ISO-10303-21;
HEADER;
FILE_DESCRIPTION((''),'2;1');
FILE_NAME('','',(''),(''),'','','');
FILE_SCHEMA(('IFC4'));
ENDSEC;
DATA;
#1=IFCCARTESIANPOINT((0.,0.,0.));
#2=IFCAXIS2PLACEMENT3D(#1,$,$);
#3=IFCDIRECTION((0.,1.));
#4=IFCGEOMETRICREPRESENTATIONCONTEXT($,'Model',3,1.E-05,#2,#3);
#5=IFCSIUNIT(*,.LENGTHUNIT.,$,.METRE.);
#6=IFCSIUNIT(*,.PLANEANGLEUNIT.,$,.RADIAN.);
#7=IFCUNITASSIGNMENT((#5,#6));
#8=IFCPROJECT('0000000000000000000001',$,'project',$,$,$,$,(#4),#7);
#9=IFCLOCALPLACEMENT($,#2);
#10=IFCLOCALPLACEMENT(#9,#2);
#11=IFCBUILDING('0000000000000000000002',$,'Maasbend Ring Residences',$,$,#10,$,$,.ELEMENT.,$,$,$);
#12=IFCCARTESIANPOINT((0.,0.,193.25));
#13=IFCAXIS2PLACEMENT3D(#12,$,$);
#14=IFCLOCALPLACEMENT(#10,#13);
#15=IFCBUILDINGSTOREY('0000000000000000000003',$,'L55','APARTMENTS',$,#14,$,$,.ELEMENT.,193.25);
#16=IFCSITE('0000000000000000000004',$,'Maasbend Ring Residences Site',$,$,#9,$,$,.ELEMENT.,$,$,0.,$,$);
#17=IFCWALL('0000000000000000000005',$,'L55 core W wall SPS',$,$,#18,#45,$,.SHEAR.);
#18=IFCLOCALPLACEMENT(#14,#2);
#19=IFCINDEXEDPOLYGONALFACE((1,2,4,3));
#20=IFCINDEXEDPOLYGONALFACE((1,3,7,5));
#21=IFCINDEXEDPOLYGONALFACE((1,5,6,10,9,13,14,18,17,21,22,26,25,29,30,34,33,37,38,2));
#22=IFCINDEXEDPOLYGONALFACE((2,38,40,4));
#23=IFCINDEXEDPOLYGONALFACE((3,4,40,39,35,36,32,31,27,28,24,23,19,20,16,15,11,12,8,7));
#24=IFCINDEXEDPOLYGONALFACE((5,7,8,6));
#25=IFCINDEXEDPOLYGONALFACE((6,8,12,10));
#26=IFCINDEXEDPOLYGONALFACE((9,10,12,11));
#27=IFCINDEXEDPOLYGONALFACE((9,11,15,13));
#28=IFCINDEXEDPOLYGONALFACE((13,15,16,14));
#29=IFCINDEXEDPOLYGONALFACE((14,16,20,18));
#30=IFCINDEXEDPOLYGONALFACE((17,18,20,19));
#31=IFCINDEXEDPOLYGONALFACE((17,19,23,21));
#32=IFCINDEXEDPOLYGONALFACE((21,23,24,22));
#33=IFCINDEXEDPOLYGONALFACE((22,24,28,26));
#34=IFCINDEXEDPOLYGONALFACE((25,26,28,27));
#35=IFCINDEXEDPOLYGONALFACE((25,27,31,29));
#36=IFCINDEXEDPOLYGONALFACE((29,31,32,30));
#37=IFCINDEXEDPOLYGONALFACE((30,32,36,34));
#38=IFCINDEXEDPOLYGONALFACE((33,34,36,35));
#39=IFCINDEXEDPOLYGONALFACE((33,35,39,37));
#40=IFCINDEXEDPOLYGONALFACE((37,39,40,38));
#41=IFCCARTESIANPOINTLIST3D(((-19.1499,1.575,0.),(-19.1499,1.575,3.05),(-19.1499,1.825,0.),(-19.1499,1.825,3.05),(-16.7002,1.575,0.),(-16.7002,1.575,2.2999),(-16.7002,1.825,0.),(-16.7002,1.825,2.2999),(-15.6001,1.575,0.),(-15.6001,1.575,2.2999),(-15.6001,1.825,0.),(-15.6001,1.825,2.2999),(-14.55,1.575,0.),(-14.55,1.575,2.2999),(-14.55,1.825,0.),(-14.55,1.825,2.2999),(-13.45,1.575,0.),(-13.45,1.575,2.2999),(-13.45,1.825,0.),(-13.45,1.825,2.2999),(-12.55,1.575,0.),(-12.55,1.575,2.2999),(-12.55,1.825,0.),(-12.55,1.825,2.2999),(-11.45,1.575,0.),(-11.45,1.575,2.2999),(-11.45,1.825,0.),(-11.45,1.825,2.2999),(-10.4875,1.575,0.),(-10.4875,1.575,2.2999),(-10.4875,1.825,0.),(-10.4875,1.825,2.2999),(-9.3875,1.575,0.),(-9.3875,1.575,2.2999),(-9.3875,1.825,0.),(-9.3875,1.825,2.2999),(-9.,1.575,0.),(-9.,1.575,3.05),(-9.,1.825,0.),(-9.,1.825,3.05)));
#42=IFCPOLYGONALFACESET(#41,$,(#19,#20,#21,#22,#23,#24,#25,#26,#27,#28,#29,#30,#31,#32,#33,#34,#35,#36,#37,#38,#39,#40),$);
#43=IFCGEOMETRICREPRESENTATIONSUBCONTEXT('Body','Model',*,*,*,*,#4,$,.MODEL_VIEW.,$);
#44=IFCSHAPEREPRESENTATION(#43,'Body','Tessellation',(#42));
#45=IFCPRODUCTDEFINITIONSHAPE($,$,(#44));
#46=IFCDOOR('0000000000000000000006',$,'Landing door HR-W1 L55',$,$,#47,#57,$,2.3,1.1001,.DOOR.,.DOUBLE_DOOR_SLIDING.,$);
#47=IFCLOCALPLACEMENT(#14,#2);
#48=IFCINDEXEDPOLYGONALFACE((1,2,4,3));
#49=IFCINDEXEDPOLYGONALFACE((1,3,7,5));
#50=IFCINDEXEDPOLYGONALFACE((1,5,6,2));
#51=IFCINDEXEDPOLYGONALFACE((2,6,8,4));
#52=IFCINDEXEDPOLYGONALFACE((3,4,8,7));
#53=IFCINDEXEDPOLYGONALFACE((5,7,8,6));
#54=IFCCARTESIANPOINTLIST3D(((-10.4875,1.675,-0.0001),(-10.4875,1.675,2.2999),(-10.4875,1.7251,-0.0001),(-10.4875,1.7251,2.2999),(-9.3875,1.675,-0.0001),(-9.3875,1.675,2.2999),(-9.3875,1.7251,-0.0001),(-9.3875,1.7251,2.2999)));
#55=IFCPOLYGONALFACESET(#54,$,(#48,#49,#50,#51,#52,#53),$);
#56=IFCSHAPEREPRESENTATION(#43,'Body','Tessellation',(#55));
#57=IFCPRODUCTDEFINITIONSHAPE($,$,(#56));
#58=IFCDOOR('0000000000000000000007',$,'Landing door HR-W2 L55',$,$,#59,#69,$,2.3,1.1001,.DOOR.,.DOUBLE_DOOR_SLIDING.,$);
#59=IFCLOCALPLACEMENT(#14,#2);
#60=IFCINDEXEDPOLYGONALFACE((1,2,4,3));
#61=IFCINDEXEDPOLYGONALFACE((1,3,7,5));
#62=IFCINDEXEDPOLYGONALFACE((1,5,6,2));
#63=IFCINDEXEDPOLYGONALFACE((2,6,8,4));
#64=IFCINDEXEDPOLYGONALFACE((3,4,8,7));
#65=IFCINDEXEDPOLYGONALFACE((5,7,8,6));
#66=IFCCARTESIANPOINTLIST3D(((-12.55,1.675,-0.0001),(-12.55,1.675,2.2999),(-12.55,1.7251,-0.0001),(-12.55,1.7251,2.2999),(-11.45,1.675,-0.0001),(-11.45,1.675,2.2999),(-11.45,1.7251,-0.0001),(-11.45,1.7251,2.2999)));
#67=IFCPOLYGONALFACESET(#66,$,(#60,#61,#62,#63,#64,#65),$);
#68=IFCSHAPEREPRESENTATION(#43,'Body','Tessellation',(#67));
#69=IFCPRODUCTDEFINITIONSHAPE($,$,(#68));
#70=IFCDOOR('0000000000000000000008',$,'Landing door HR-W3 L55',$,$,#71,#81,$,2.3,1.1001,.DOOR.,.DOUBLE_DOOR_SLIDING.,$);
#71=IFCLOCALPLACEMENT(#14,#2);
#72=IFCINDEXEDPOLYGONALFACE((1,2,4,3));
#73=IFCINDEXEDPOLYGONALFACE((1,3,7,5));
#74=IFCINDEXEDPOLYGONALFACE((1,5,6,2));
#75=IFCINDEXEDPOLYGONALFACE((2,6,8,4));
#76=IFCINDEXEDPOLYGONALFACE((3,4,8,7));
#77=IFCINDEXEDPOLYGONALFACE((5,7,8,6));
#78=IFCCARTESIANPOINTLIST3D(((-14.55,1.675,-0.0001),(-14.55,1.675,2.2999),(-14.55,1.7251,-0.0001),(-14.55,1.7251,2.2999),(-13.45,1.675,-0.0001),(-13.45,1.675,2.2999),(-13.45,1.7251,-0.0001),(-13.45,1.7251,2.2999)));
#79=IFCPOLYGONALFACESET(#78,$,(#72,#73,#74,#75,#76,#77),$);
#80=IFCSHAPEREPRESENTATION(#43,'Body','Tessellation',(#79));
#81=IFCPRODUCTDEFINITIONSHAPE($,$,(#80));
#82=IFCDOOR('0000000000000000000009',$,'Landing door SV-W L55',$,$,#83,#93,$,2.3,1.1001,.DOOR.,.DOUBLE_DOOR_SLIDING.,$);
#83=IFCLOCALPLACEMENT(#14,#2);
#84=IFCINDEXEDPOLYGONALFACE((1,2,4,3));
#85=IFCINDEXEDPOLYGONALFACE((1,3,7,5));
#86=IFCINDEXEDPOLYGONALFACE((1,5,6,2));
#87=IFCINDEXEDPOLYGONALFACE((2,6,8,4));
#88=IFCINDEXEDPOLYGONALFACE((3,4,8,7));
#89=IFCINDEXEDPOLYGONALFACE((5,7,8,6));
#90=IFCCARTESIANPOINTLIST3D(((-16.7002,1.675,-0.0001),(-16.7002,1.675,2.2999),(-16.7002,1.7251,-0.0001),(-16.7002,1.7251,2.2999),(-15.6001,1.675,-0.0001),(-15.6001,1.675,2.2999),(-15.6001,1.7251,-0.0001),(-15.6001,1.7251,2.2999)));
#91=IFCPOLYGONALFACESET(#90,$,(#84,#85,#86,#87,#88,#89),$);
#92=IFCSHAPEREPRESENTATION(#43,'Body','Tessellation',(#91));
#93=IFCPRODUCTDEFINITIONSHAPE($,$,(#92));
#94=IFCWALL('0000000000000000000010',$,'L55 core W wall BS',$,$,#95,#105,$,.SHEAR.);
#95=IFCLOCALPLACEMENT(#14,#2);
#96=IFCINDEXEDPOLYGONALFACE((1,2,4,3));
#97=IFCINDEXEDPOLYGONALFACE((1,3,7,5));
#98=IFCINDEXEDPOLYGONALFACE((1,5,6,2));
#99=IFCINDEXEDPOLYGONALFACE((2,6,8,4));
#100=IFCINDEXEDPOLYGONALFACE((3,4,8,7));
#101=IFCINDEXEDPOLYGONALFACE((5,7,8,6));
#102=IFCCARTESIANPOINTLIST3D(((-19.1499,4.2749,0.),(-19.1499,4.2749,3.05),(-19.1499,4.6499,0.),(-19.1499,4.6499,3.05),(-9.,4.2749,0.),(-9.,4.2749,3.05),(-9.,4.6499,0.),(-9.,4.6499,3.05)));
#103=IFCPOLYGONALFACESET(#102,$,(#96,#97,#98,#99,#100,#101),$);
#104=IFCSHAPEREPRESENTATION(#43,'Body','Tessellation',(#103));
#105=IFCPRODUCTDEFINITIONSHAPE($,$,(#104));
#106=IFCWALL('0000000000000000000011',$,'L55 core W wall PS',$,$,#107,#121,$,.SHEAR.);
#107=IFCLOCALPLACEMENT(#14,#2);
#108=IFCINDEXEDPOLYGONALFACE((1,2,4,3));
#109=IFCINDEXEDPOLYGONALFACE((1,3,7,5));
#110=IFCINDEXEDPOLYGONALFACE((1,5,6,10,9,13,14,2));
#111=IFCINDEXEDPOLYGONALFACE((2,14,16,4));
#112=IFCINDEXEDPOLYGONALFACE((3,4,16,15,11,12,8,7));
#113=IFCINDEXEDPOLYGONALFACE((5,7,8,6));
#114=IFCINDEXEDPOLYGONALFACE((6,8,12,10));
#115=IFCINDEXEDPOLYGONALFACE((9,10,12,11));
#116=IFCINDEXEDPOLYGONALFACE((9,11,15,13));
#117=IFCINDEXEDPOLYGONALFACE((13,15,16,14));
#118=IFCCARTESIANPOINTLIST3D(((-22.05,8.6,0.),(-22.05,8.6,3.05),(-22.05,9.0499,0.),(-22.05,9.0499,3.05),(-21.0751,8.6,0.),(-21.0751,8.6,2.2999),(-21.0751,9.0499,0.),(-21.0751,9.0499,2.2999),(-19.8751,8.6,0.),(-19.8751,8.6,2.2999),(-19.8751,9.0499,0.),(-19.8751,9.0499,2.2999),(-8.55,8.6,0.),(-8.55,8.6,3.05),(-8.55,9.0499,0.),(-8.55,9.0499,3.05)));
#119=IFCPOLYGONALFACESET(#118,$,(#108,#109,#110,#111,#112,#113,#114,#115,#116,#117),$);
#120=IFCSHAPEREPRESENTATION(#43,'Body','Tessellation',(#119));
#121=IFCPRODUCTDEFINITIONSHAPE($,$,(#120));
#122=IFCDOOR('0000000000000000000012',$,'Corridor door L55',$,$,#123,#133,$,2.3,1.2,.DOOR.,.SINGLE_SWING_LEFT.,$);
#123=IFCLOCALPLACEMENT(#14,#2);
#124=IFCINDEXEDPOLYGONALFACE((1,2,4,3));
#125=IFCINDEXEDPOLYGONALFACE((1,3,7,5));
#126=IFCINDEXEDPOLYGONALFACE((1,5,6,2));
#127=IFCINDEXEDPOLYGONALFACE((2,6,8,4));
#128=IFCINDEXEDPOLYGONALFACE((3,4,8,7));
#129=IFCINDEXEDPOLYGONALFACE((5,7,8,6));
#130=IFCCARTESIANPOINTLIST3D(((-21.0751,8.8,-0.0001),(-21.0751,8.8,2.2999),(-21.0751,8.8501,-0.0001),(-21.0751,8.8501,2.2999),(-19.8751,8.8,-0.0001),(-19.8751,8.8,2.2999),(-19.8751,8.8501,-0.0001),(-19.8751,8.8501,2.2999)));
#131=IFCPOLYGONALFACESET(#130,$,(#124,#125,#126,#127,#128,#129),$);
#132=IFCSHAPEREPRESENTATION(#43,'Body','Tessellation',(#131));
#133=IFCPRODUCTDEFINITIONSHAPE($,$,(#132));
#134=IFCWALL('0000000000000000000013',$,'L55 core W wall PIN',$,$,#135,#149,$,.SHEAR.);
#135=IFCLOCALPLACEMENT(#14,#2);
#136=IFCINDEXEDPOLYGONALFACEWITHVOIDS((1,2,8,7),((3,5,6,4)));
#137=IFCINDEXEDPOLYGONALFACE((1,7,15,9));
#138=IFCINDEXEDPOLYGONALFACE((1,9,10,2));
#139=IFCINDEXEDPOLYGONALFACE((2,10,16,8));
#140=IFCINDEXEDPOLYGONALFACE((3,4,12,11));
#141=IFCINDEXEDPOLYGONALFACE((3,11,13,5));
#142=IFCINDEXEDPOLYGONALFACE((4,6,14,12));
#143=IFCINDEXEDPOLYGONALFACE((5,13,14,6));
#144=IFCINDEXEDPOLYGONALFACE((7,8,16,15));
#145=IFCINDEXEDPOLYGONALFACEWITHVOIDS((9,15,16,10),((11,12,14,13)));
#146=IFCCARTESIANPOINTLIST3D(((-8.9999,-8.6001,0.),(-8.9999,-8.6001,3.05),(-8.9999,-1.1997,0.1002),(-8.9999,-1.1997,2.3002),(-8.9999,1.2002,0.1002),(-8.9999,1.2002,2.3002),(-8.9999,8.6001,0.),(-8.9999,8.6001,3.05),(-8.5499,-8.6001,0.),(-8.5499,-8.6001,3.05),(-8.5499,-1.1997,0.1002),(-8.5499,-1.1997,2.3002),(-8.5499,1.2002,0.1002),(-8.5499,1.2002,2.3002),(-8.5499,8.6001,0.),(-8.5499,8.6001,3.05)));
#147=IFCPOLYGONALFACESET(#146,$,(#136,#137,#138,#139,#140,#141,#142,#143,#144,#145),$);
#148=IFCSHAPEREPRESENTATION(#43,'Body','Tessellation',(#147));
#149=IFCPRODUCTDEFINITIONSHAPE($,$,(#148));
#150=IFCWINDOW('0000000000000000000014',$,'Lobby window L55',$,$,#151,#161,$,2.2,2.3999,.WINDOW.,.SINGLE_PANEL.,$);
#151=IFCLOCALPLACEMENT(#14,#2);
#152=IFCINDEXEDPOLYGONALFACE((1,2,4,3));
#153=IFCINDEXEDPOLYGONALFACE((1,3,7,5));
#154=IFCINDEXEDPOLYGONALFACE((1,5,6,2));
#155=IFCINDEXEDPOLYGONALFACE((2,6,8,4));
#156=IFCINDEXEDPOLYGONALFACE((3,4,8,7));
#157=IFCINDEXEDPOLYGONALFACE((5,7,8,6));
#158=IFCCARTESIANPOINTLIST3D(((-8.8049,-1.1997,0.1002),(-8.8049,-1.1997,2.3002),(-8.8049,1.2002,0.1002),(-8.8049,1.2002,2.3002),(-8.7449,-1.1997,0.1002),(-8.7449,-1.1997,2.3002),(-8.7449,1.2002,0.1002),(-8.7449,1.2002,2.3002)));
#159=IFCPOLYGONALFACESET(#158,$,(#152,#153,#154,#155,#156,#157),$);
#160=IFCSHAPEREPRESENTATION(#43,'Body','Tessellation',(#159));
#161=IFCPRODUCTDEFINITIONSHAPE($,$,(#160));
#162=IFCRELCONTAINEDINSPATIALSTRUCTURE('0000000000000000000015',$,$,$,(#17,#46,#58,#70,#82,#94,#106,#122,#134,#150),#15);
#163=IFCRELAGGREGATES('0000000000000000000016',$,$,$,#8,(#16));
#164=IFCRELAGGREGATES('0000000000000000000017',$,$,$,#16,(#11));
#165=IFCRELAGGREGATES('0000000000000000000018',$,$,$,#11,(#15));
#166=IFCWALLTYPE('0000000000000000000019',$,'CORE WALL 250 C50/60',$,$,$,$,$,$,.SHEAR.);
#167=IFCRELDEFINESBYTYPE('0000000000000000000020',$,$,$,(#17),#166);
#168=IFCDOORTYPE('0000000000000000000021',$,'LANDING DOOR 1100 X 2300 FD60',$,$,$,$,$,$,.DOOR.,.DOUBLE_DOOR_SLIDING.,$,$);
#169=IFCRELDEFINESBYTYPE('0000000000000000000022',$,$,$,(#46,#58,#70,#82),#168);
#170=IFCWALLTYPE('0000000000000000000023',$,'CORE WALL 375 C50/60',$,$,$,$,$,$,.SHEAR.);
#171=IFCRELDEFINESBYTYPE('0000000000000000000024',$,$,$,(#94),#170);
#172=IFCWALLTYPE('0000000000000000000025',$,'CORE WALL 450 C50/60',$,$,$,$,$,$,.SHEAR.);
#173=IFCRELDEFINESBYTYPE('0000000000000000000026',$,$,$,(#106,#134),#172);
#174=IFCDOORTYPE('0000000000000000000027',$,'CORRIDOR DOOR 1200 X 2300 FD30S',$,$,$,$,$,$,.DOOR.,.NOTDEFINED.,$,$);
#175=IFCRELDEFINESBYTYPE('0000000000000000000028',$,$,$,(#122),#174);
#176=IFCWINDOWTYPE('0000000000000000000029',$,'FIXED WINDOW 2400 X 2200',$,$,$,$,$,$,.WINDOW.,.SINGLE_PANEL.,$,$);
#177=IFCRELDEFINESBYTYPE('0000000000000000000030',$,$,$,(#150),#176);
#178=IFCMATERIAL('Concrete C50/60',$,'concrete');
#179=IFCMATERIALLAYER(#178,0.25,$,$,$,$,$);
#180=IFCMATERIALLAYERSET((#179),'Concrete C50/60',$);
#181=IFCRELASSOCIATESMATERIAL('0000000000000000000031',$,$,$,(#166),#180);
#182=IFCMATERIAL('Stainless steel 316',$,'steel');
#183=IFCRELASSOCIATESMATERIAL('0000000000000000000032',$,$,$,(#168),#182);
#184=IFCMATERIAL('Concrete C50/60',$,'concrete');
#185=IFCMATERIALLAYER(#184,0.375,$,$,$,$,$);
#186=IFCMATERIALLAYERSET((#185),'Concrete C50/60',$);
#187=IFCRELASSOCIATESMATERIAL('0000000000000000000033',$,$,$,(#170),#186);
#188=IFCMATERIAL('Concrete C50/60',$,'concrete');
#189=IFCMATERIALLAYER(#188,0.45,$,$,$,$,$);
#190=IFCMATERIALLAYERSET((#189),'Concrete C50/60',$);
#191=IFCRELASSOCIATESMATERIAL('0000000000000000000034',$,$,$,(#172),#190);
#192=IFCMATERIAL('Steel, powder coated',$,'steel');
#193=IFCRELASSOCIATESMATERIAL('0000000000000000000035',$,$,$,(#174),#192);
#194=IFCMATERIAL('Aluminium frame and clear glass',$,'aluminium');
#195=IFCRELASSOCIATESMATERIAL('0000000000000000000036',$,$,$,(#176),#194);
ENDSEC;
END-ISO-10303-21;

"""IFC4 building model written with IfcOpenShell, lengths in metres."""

from ifc_helpers import new_model, si_unit, direction, frame, frame_2d, origin, place, context, subcontext, project, spatial, rectangle, extrude, material, layer, layer_set, type_object, element, fill, save


model = new_model("IFC4")

# Units and contexts
model_context = context("Model", 3, precision=1e-05, world=origin(), true_north=direction((0.0, 1.0)))
body_context = subcontext(model_context, "Body", "Model", "MODEL_VIEW")
ifc_project = project(units=[si_unit("LENGTHUNIT", "METRE"), si_unit("PLANEANGLEUNIT", "RADIAN")], contexts=[model_context])

# Site, building, storey
site_placement = place(None, origin())
site = spatial("IfcSite", under=ifc_project, at=site_placement, Name="Maasbend Ring Residences Site", CompositionType="ELEMENT", RefElevation=0.0)
building_placement = place(site_placement, origin())
building = spatial("IfcBuilding", under=site, at=building_placement, Name="Maasbend Ring Residences", CompositionType="ELEMENT")
storey_placement = place(building_placement, frame((0.0, 0.0, 193.25)))
storey = spatial("IfcBuildingStorey", under=building, at=storey_placement, Name="L55", Description="APARTMENTS", CompositionType="ELEMENT", Elevation=193.25)

# Wall, openings, doors
ifc_material_1 = material(Name="Concrete C50/60", Category="concrete")
ifc_layer_1 = layer(ifc_material_1, 0.25)
ifc_layer_set_1 = layer_set([ifc_layer_1], Name="Concrete C50/60")
wall_type_1 = type_object("IfcWallType", Name="CORE WALL 250 C50/60", PredefinedType="SHEAR", material=ifc_layer_set_1)
wall_1_placement = place(storey_placement, frame((-9.0, 1.7, 0.0), z_axis=(0.0, 0.0, 1.0), x_axis=(-1.0, 0.0, 0.0)))
wall_1 = element("IfcWall", 1, at=wall_1_placement, inside=storey, type_object=wall_type_1, Name="L55 core W wall SPS", PredefinedType="SHEAR", context=body_context, shape_type="SweptSolid", body=[
    extrude(rectangle(XDim=10.1499, YDim=0.25, at=frame_2d((5.075, 0.0))), origin(), (0.0, 0.0, 1.0), 3.05),
])
opening_1_placement = place(wall_1_placement, frame((0.3875, 0.0, 0.0)))
opening_1 = element("IfcOpeningElement", 2, at=opening_1_placement, cuts=wall_1, PredefinedType="OPENING", context=body_context, shape_type="SweptSolid", body=[
    extrude(rectangle(XDim=1.1001, YDim=2.3, at=frame_2d((0.55, 1.1499))), frame((0.0, 0.135, 0.0), z_axis=(0.0, -1.0, 0.0), x_axis=(1.0, 0.0, 0.0)), (0.0, 0.0, 1.0), 0.27),
])
opening_2_placement = place(wall_1_placement, frame((2.45, 0.0, 0.0)))
opening_2 = element("IfcOpeningElement", 3, at=opening_2_placement, cuts=wall_1, PredefinedType="OPENING", context=body_context, shape_type="SweptSolid", body=[
    extrude(rectangle(XDim=1.1001, YDim=2.3, at=frame_2d((0.55, 1.1499))), frame((0.0, 0.135, 0.0), z_axis=(0.0, -1.0, 0.0), x_axis=(1.0, 0.0, 0.0)), (0.0, 0.0, 1.0), 0.27),
])
opening_3_placement = place(wall_1_placement, frame((4.45, 0.0, 0.0)))
opening_3 = element("IfcOpeningElement", 4, at=opening_3_placement, cuts=wall_1, PredefinedType="OPENING", context=body_context, shape_type="SweptSolid", body=[
    extrude(rectangle(XDim=1.1001, YDim=2.3, at=frame_2d((0.55, 1.1499))), frame((0.0, 0.135, 0.0), z_axis=(0.0, -1.0, 0.0), x_axis=(1.0, 0.0, 0.0)), (0.0, 0.0, 1.0), 0.27),
])
opening_4_placement = place(wall_1_placement, frame((6.6001, 0.0, 0.0)))
opening_4 = element("IfcOpeningElement", 5, at=opening_4_placement, cuts=wall_1, PredefinedType="OPENING", context=body_context, shape_type="SweptSolid", body=[
    extrude(rectangle(XDim=1.1001, YDim=2.3, at=frame_2d((0.55, 1.1499))), frame((0.0, 0.135, 0.0), z_axis=(0.0, -1.0, 0.0), x_axis=(1.0, 0.0, 0.0)), (0.0, 0.0, 1.0), 0.27),
])
ifc_material_2 = material(Name="Stainless steel 316", Category="steel")
door_type_1 = type_object("IfcDoorType", Name="LANDING DOOR 1100 X 2300 FD60", OperationType="DOUBLE_DOOR_SLIDING", PredefinedType="DOOR", material=ifc_material_2)
door_1_placement = place(opening_1_placement, origin())
door_1 = element("IfcDoor", 6, at=door_1_placement, inside=storey, type_object=door_type_1, Name="Landing door HR-W1 L55", OperationType="DOUBLE_DOOR_SLIDING", OverallHeight=2.3, OverallWidth=1.1001, PredefinedType="DOOR", context=body_context, shape_type="SweptSolid", body=[
    extrude(rectangle(XDim=1.1001, YDim=2.3, at=frame_2d((0.55, 1.1499))), frame((0.0, 0.0249, 0.0), z_axis=(0.0, -1.0, 0.0), x_axis=(1.0, 0.0, 0.0)), (0.0, 0.0, 1.0), 0.05),
])
fill(opening_1, door_1)
door_2_placement = place(opening_2_placement, origin())
door_2 = element("IfcDoor", 7, at=door_2_placement, inside=storey, type_object=door_type_1, Name="Landing door HR-W2 L55", OperationType="DOUBLE_DOOR_SLIDING", OverallHeight=2.3, OverallWidth=1.1001, PredefinedType="DOOR", context=body_context, shape_type="SweptSolid", body=[
    extrude(rectangle(XDim=1.1001, YDim=2.3, at=frame_2d((0.55, 1.1499))), frame((0.0, 0.0249, 0.0), z_axis=(0.0, -1.0, 0.0), x_axis=(1.0, 0.0, 0.0)), (0.0, 0.0, 1.0), 0.05),
])
fill(opening_2, door_2)
door_3_placement = place(opening_3_placement, origin())
door_3 = element("IfcDoor", 8, at=door_3_placement, inside=storey, type_object=door_type_1, Name="Landing door HR-W3 L55", OperationType="DOUBLE_DOOR_SLIDING", OverallHeight=2.3, OverallWidth=1.1001, PredefinedType="DOOR", context=body_context, shape_type="SweptSolid", body=[
    extrude(rectangle(XDim=1.1001, YDim=2.3, at=frame_2d((0.55, 1.1499))), frame((0.0, 0.0249, 0.0), z_axis=(0.0, -1.0, 0.0), x_axis=(1.0, 0.0, 0.0)), (0.0, 0.0, 1.0), 0.05),
])
fill(opening_3, door_3)
door_4_placement = place(opening_4_placement, origin())
door_4 = element("IfcDoor", 9, at=door_4_placement, inside=storey, type_object=door_type_1, Name="Landing door SV-W L55", OperationType="DOUBLE_DOOR_SLIDING", OverallHeight=2.3, OverallWidth=1.1001, PredefinedType="DOOR", context=body_context, shape_type="SweptSolid", body=[
    extrude(rectangle(XDim=1.1001, YDim=2.3, at=frame_2d((0.55, 1.1499))), frame((0.0, 0.0249, 0.0), z_axis=(0.0, -1.0, 0.0), x_axis=(1.0, 0.0, 0.0)), (0.0, 0.0, 1.0), 0.05),
])
fill(opening_4, door_4)

# Wall
ifc_material_3 = material(Name="Concrete C50/60", Category="concrete")
ifc_layer_2 = layer(ifc_material_3, 0.375)
ifc_layer_set_2 = layer_set([ifc_layer_2], Name="Concrete C50/60")
wall_type_2 = type_object("IfcWallType", Name="CORE WALL 375 C50/60", PredefinedType="SHEAR", material=ifc_layer_set_2)
wall_2_placement = place(storey_placement, frame((-9.0, 4.4624, 0.0), z_axis=(0.0, 0.0, 1.0), x_axis=(-1.0, 0.0, 0.0)))
element("IfcWall", 10, at=wall_2_placement, inside=storey, type_object=wall_type_2, Name="L55 core W wall BS", PredefinedType="SHEAR", context=body_context, shape_type="SweptSolid", body=[
    extrude(rectangle(XDim=10.1499, YDim=0.375, at=frame_2d((5.075, 0.0))), origin(), (0.0, 0.0, 1.0), 3.05),
])

# Wall, opening, door
ifc_material_4 = material(Name="Concrete C50/60", Category="concrete")
ifc_layer_3 = layer(ifc_material_4, 0.45)
ifc_layer_set_3 = layer_set([ifc_layer_3], Name="Concrete C50/60")
wall_type_3 = type_object("IfcWallType", Name="CORE WALL 450 C50/60", PredefinedType="SHEAR", material=ifc_layer_set_3)
wall_3_placement = place(storey_placement, frame((-8.55, 8.825, 0.0), z_axis=(0.0, 0.0, 1.0), x_axis=(-1.0, 0.0, 0.0)))
wall_3 = element("IfcWall", 11, at=wall_3_placement, inside=storey, type_object=wall_type_3, Name="L55 core W wall PS", PredefinedType="SHEAR", context=body_context, shape_type="SweptSolid", body=[
    extrude(rectangle(XDim=13.5, YDim=0.45, at=frame_2d((6.75, 0.0))), origin(), (0.0, 0.0, 1.0), 3.05),
])
opening_5_placement = place(wall_3_placement, frame((11.325, 0.0, 0.0)))
opening_5 = element("IfcOpeningElement", 12, at=opening_5_placement, cuts=wall_3, PredefinedType="OPENING", context=body_context, shape_type="SweptSolid", body=[
    extrude(rectangle(XDim=1.2, YDim=2.3, at=frame_2d((0.6001, 1.1499))), frame((0.0, 0.2349, 0.0), z_axis=(0.0, -1.0, 0.0), x_axis=(1.0, 0.0, 0.0)), (0.0, 0.0, 1.0), 0.47),
])
ifc_material_5 = material(Name="Steel, powder coated", Category="steel")
door_type_2 = type_object("IfcDoorType", Name="CORRIDOR DOOR 1200 X 2300 FD30S", OperationType="NOTDEFINED", PredefinedType="DOOR", material=ifc_material_5)
door_5_placement = place(opening_5_placement, origin())
door_5 = element("IfcDoor", 13, at=door_5_placement, inside=storey, type_object=door_type_2, Name="Corridor door L55", OperationType="SINGLE_SWING_LEFT", OverallHeight=2.3, OverallWidth=1.2, PredefinedType="DOOR", context=body_context, shape_type="SweptSolid", body=[
    extrude(rectangle(XDim=1.2, YDim=2.3, at=frame_2d((0.6001, 1.1499))), frame((0.0, 0.0249, 0.0), z_axis=(0.0, -1.0, 0.0), x_axis=(1.0, 0.0, 0.0)), (0.0, 0.0, 1.0), 0.05),
])
fill(opening_5, door_5)

# Wall, opening, window
wall_4_placement = place(storey_placement, frame((-8.7749, 8.6001, 0.0), z_axis=(0.0, 0.0, 1.0), x_axis=(0.0, -1.0, 0.0)))
wall_4 = element("IfcWall", 14, at=wall_4_placement, inside=storey, type_object=wall_type_3, Name="L55 core W wall PIN", PredefinedType="SHEAR", context=body_context, shape_type="SweptSolid", body=[
    extrude(rectangle(XDim=17.2002, YDim=0.45, at=frame_2d((8.6001, 0.0))), origin(), (0.0, 0.0, 1.0), 3.05),
])
opening_6_placement = place(wall_4_placement, frame((7.3999, 0.0, 0.1001)))
opening_6 = element("IfcOpeningElement", 15, at=opening_6_placement, cuts=wall_4, PredefinedType="OPENING", context=body_context, shape_type="SweptSolid", body=[
    extrude(rectangle(XDim=2.3999, YDim=2.2, at=frame_2d((1.2, 1.1001))), frame((0.0, 0.2349, 0.0), z_axis=(0.0, -1.0, 0.0), x_axis=(1.0, 0.0, 0.0)), (0.0, 0.0, 1.0), 0.47),
])
ifc_material_6 = material(Name="Aluminium frame and clear glass", Category="aluminium")
window_type = type_object("IfcWindowType", Name="FIXED WINDOW 2400 X 2200", PartitioningType="SINGLE_PANEL", PredefinedType="WINDOW", material=ifc_material_6)
window_placement = place(opening_6_placement, origin())
window = element("IfcWindow", 16, at=window_placement, inside=storey, type_object=window_type, Name="Lobby window L55", OverallHeight=2.2, OverallWidth=2.3999, PartitioningType="SINGLE_PANEL", PredefinedType="WINDOW", context=body_context, shape_type="SweptSolid", body=[
    extrude(rectangle(XDim=2.3999, YDim=2.2, at=frame_2d((1.2, 1.1001))), frame((0.0, 0.03, 0.0), z_axis=(0.0, -1.0, 0.0), x_axis=(1.0, 0.0, 0.0)), (0.0, 0.0, 1.0), 0.0601),
])
fill(opening_6, window)

save(model, "model.ifc")
